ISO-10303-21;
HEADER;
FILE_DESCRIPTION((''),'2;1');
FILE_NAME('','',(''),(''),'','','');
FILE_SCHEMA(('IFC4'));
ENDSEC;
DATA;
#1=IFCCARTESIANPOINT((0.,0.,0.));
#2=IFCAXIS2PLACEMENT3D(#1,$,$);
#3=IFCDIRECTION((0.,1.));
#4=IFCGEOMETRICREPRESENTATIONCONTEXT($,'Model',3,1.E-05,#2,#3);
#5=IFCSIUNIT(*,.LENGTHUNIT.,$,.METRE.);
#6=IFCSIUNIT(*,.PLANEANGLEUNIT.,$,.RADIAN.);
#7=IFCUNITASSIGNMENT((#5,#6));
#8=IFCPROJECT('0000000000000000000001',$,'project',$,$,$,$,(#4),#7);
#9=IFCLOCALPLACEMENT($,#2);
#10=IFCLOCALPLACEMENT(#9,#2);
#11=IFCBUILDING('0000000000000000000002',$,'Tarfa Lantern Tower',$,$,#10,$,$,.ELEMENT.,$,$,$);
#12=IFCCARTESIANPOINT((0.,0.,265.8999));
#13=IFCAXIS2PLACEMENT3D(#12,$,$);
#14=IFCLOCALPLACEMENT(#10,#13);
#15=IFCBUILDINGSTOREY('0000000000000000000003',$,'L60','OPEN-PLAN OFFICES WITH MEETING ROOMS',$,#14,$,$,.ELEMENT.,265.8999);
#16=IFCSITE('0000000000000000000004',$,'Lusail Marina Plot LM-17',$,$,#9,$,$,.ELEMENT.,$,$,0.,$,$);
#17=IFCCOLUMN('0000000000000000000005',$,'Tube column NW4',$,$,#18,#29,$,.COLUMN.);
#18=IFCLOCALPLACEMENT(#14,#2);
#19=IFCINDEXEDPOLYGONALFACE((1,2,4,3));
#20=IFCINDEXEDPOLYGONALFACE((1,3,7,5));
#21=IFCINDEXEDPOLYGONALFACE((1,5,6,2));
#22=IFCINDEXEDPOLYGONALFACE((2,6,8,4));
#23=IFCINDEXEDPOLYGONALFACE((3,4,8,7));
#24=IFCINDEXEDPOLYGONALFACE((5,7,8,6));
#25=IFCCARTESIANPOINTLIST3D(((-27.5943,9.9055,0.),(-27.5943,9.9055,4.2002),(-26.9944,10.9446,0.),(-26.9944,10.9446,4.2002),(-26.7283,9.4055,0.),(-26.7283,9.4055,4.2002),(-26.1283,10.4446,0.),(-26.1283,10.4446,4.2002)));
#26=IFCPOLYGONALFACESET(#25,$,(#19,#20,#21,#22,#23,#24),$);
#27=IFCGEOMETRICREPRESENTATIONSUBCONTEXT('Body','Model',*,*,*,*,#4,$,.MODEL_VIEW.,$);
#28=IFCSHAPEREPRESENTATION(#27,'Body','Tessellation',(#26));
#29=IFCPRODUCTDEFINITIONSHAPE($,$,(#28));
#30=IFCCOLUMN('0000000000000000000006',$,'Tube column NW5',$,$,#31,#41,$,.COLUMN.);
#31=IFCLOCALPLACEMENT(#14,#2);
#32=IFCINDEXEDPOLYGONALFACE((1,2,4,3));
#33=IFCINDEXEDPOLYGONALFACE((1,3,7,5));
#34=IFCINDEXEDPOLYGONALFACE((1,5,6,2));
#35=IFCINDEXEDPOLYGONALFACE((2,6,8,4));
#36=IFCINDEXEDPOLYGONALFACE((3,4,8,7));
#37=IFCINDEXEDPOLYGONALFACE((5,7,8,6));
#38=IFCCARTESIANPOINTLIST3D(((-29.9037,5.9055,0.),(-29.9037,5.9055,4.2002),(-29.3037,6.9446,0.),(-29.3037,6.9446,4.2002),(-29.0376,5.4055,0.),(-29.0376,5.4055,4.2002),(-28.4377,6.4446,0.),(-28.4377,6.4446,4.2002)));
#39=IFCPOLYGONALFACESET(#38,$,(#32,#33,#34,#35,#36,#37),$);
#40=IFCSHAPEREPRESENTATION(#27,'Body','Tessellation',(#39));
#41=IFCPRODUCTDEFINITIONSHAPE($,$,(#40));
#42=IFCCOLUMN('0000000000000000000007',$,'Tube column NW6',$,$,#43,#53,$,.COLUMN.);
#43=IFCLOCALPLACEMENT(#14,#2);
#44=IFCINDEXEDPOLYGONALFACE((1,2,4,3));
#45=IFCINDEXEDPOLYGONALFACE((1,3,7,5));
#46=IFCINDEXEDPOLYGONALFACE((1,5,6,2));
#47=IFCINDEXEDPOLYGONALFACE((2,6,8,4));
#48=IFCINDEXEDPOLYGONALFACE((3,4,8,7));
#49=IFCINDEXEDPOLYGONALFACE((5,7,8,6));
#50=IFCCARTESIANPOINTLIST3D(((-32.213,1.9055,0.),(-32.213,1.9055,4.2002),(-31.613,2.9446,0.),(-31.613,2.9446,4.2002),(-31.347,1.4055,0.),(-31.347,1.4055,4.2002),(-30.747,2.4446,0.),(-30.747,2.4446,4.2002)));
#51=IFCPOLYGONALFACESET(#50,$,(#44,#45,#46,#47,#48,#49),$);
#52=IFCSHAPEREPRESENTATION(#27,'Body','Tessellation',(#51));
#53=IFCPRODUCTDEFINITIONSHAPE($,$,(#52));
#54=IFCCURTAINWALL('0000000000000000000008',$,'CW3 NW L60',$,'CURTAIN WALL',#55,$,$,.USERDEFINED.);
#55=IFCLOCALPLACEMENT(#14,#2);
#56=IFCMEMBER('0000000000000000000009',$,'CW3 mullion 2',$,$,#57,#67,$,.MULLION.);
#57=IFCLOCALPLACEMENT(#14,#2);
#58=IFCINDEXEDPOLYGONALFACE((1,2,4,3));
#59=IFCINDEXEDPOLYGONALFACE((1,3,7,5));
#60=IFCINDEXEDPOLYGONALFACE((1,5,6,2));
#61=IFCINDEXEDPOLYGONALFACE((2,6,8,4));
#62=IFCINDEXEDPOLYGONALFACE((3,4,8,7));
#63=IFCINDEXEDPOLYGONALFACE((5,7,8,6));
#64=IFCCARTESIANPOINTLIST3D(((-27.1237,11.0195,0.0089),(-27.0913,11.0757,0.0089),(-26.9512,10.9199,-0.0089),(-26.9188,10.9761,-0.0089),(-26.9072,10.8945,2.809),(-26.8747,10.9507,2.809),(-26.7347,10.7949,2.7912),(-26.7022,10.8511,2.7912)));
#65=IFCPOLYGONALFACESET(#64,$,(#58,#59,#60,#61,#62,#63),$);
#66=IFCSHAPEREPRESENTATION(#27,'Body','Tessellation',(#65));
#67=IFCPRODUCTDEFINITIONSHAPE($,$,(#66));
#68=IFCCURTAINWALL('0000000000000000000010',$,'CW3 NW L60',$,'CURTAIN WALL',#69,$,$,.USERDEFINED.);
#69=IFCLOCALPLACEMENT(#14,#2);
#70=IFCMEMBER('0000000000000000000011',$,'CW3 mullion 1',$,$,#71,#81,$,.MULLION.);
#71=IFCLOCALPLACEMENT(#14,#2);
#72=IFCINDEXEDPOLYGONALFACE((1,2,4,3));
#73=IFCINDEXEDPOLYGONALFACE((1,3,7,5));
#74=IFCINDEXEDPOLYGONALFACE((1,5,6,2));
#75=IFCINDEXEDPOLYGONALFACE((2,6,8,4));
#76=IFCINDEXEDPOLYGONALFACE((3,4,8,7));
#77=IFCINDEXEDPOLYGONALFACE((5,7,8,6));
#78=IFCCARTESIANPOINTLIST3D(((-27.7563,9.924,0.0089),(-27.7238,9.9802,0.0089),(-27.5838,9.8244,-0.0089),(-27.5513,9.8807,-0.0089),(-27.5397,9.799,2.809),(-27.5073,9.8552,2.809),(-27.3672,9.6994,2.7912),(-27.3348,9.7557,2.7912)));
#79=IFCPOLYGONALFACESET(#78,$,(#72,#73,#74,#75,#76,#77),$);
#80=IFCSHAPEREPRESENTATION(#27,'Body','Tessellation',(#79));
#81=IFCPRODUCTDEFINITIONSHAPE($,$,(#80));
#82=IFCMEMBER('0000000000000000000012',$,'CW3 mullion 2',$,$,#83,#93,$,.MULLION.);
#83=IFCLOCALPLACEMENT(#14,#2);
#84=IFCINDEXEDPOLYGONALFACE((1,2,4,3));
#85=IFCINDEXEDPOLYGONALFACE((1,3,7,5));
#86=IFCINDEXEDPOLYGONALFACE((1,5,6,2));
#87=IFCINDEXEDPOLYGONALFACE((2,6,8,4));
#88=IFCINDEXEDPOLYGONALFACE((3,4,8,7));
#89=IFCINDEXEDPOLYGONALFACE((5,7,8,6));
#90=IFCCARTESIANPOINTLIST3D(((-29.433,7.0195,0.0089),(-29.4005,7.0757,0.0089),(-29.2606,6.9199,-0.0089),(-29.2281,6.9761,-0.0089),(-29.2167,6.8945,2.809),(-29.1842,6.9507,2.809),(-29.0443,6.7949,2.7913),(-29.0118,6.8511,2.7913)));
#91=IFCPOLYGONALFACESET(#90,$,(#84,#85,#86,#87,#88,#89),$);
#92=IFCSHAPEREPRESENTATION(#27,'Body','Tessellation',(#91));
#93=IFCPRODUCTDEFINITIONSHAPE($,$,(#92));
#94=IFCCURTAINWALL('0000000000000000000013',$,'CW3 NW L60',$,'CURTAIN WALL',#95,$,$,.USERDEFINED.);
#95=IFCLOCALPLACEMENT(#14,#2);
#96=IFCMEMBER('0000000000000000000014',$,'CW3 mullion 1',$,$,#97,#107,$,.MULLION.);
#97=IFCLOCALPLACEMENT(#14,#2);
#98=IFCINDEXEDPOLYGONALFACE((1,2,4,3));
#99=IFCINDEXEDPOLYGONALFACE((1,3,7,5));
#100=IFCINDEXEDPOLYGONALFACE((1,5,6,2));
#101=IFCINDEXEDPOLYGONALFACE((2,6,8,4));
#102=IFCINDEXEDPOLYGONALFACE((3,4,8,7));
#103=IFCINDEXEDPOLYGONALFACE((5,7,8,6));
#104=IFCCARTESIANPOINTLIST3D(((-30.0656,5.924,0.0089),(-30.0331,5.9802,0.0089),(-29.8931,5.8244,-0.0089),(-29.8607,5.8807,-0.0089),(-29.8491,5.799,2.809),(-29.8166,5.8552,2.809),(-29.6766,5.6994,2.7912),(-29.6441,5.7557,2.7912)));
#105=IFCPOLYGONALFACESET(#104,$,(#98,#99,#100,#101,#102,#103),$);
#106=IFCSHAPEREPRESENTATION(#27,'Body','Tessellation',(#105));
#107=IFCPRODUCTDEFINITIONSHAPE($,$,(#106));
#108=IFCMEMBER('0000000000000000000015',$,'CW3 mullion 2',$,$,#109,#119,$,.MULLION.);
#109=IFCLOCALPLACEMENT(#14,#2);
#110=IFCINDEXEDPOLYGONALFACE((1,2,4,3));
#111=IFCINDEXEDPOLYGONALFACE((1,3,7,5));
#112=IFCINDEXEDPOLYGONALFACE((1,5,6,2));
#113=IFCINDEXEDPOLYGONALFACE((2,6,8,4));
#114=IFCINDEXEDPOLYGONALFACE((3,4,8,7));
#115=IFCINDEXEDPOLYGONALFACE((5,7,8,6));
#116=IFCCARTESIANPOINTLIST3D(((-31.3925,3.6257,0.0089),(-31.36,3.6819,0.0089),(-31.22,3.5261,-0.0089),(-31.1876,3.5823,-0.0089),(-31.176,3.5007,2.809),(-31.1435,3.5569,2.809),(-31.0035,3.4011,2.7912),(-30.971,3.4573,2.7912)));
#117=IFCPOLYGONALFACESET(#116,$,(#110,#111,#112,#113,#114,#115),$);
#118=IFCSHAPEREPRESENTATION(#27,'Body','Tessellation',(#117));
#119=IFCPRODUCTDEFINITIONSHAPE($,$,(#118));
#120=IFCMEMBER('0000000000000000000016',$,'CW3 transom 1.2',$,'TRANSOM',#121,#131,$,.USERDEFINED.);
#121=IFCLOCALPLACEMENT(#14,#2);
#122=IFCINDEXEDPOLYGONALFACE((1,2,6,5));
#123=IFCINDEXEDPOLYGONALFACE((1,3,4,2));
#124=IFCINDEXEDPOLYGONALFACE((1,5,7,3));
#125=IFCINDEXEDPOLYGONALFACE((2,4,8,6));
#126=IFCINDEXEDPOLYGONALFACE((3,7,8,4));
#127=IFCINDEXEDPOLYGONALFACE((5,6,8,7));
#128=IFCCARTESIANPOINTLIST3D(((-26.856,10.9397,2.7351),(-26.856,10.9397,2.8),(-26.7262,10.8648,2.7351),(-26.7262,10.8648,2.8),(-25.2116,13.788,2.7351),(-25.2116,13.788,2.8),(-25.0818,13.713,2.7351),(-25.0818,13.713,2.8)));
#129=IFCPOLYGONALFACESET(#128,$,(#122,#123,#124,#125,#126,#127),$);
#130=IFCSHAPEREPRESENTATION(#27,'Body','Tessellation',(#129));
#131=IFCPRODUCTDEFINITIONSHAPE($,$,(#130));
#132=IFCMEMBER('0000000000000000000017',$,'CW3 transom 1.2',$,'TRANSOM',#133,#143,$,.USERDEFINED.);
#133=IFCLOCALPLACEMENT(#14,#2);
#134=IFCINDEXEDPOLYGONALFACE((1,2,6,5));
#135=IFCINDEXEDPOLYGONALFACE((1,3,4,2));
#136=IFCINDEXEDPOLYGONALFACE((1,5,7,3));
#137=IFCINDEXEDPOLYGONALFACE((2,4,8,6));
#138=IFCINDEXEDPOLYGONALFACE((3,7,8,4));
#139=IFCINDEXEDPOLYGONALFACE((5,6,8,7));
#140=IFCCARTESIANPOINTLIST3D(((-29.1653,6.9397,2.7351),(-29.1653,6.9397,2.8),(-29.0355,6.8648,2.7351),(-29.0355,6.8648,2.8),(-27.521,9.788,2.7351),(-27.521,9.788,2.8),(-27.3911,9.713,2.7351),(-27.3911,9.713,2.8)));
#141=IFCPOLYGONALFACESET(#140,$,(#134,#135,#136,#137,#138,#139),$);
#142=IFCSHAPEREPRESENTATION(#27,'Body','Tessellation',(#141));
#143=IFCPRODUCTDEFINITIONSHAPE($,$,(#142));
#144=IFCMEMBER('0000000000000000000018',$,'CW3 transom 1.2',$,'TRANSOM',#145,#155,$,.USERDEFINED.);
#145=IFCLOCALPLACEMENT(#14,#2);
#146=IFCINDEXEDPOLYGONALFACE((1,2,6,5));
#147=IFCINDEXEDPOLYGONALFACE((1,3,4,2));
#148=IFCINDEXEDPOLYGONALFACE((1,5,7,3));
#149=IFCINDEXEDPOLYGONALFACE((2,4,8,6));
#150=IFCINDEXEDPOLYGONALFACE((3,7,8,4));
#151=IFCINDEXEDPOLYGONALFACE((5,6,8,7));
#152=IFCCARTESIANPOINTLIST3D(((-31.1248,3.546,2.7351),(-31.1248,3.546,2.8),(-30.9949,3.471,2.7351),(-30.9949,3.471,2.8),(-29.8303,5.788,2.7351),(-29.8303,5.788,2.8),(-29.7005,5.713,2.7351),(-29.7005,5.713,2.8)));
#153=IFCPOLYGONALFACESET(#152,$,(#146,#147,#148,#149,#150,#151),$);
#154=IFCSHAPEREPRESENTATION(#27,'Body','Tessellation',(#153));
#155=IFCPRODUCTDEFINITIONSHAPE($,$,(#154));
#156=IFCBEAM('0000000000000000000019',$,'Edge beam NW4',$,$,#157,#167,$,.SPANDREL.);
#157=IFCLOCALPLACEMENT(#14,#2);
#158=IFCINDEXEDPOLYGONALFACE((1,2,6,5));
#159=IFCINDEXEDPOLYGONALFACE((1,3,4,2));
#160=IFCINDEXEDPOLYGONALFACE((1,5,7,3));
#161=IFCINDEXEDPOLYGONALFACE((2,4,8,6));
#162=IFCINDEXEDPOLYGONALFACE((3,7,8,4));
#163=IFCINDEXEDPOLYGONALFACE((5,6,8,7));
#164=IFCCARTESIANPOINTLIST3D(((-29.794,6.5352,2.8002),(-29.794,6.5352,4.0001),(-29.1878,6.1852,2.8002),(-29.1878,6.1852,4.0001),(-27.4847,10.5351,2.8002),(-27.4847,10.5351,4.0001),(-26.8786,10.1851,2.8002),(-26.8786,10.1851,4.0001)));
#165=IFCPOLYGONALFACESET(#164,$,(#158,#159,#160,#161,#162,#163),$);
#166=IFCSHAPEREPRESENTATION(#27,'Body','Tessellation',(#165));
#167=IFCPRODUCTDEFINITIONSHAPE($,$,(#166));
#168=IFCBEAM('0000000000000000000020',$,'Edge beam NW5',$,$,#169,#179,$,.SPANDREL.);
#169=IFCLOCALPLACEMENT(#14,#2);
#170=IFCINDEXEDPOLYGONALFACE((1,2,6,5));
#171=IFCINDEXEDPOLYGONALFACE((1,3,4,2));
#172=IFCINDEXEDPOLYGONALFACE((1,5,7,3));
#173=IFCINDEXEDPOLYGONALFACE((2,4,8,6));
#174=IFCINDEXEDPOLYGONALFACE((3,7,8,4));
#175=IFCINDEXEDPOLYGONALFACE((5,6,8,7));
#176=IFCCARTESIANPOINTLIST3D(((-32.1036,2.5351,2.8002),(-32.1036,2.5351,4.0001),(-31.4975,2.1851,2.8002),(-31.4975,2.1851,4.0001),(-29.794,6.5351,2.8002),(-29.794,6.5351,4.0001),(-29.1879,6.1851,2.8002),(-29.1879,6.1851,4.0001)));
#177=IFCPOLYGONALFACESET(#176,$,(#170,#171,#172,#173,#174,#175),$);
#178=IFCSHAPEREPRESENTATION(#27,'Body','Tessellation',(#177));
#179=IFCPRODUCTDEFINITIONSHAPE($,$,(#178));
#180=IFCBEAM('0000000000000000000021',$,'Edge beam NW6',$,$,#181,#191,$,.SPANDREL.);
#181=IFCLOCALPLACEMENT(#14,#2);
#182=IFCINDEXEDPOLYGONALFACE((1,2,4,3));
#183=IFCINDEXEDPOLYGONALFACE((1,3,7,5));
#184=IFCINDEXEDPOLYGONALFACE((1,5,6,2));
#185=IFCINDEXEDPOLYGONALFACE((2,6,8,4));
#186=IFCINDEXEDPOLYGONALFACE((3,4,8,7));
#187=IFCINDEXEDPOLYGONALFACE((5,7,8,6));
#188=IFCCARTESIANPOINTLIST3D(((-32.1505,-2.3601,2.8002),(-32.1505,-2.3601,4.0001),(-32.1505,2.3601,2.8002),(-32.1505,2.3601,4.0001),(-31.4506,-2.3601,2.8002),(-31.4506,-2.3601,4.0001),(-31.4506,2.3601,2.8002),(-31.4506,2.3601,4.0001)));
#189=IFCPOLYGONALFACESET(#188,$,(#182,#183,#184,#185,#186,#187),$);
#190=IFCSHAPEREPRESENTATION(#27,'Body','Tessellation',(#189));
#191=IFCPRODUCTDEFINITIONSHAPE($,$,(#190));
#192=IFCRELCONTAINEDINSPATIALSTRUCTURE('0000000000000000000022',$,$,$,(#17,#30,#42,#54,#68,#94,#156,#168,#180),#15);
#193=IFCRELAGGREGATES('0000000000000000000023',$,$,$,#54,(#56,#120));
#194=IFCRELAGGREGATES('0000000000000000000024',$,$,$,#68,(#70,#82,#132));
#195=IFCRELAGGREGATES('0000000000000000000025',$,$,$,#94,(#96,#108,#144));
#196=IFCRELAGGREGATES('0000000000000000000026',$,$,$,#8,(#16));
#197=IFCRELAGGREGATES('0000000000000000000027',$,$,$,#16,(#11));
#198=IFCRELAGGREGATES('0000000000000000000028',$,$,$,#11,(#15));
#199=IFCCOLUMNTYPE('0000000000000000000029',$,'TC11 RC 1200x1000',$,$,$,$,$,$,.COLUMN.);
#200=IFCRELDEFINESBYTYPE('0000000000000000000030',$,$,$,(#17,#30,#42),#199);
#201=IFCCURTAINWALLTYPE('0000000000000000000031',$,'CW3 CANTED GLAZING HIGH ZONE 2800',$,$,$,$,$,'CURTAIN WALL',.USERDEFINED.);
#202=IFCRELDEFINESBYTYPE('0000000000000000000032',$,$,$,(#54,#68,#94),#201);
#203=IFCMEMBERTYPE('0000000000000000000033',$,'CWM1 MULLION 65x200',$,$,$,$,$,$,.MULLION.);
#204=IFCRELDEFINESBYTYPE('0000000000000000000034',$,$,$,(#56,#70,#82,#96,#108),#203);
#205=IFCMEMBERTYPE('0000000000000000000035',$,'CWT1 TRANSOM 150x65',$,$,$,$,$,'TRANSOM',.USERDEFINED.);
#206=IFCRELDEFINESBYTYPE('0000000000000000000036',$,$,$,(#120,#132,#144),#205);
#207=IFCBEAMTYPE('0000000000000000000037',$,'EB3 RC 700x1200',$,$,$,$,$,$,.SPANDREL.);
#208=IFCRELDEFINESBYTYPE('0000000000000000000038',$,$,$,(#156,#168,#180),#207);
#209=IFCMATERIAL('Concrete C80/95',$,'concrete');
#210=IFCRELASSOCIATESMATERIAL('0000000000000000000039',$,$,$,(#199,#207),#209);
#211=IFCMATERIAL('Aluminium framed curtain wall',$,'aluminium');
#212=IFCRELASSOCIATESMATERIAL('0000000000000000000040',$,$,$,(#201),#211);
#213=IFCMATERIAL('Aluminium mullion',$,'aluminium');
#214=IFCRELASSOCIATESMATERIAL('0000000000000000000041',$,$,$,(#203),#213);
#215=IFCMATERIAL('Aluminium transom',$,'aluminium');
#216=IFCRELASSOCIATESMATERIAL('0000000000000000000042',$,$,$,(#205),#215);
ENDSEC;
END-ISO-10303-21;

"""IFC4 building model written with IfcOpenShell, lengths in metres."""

from ifc_helpers import new_model, si_unit, direction, frame, origin, origin_2d, place, context, subcontext, project, spatial, rectangle, extrude, material, material_profile, profile_set, type_object, element, aggregate, save


model = new_model("IFC4")

# Units and contexts
model_context = context("Model", 3, precision=1e-05, world=origin(), true_north=direction((0.0, 1.0)))
body_context = subcontext(model_context, "Body", "Model", "MODEL_VIEW")
ifc_project = project(units=[si_unit("LENGTHUNIT", "METRE"), si_unit("PLANEANGLEUNIT", "RADIAN")], contexts=[model_context])

# Site, building, storey
site_placement = place(None, origin())
site = spatial("IfcSite", under=ifc_project, at=site_placement, Name="Lusail Marina Plot LM-17", CompositionType="ELEMENT", RefElevation=0.0)
building_placement = place(site_placement, origin())
building = spatial("IfcBuilding", under=site, at=building_placement, Name="Tarfa Lantern Tower", CompositionType="ELEMENT")
storey_placement = place(building_placement, frame((0.0, 0.0, 265.8999)))
storey = spatial("IfcBuildingStorey", under=building, at=storey_placement, Name="L60", Description="OPEN-PLAN OFFICES WITH MEETING ROOMS", CompositionType="ELEMENT", Elevation=265.8999)

# Columns
ifc_material_1 = material(Name="Concrete C80/95", Category="concrete")
ifc_material_profile_1 = material_profile(ifc_material_1, rectangle(XDim=1.2, YDim=1.0, at=origin_2d()), Name="RC 1200x1000")
ifc_profile_set_1 = profile_set([ifc_material_profile_1], Name="Concrete C80/95")
column_type = type_object("IfcColumnType", Name="TC11 RC 1200x1000", PredefinedType="COLUMN", material=ifc_profile_set_1)
for number, where, z_axis, x_axis, name in (
    (1, (-26.8613, 10.175, 0.0), (0.0, 0.0, 1.0), (-0.5, -0.866025, 0.0), "Tube column NW4"),
    (2, (-29.1707, 6.175, 0.0), (0.0, 0.0, 1.0), (-0.5, -0.866025, 0.0), "Tube column NW5"),
    (3, (-31.48, 2.175, 0.0), (0.0, 0.0, 1.0), (-0.5, -0.866025, 0.0), "Tube column NW6"),
):
    element("IfcColumn", number, at=place(storey_placement, frame(where, z_axis=z_axis, x_axis=x_axis)), inside=storey, type_object=column_type, Name=name, PredefinedType="COLUMN", context=body_context, shape_type="SweptSolid", body=[
        extrude(rectangle(XDim=1.2, YDim=1.0, at=origin_2d()), origin(), (0.0, 0.0, 1.0), 4.2002),
    ])

# Curtain wall, member
ifc_material_2 = material(Name="Aluminium framed curtain wall", Category="aluminium")
curtain_wall_type = type_object("IfcCurtainWallType", Name="CW3 CANTED GLAZING HIGH ZONE 2800", ElementType="CURTAIN WALL", PredefinedType="USERDEFINED", material=ifc_material_2)
curtain_wall_1_placement = place(storey_placement, origin())
curtain_wall_1 = element("IfcCurtainWall", 4, at=curtain_wall_1_placement, inside=storey, type_object=curtain_wall_type, Name="CW3 NW L60", ObjectType="CURTAIN WALL", PredefinedType="USERDEFINED")
ifc_material_3 = material(Name="Aluminium mullion", Category="aluminium")
ifc_material_profile_2 = material_profile(ifc_material_3, rectangle(XDim=0.0649, YDim=0.2, at=origin_2d()), Name="AL MULLION 65x200")
ifc_profile_set_2 = profile_set([ifc_material_profile_2], Name="Aluminium mullion")
member_type_1 = type_object("IfcMemberType", Name="CWM1 MULLION 65x200", PredefinedType="MULLION", material=ifc_profile_set_2)
member_1_placement = place(storey_placement, frame((-27.0212, 10.9978, 0.0), z_axis=(0.077032, -0.044465, 0.996037), x_axis=(0.49992, 0.866072, 0.0)))
member_1 = element("IfcMember", 5, at=member_1_placement, type_object=member_type_1, Name="CW3 mullion 2", PredefinedType="MULLION", context=body_context, shape_type="SweptSolid", body=[
    extrude(rectangle(XDim=0.0649, YDim=0.2, at=origin_2d()), origin(), (0.0, 0.0, 1.0), 2.8113),
])

# Curtain walls, members
curtain_wall_2_placement = place(storey_placement, origin())
curtain_wall_2 = element("IfcCurtainWall", 6, at=curtain_wall_2_placement, inside=storey, type_object=curtain_wall_type, Name="CW3 NW L60", ObjectType="CURTAIN WALL", PredefinedType="USERDEFINED")
member_2_placement = place(storey_placement, frame((-27.6538, 9.9023, 0.0), z_axis=(0.077032, -0.044465, 0.996037), x_axis=(0.49992, 0.866072, 0.0)))
member_2 = element("IfcMember", 7, at=member_2_placement, type_object=member_type_1, Name="CW3 mullion 1", PredefinedType="MULLION", context=body_context, shape_type="SweptSolid", body=[
    extrude(rectangle(XDim=0.0649, YDim=0.2, at=origin_2d()), origin(), (0.0, 0.0, 1.0), 2.8113),
])
member_3_placement = place(storey_placement, frame((-29.3306, 6.9978, 0.0), z_axis=(0.076946, -0.044465, 0.996043), x_axis=(0.500343, 0.865827, 0.0)))
member_3 = element("IfcMember", 8, at=member_3_placement, type_object=member_type_1, Name="CW3 mullion 2", PredefinedType="MULLION", context=body_context, shape_type="SweptSolid", body=[
    extrude(rectangle(XDim=0.0649, YDim=0.2, at=origin_2d()), origin(), (0.0, 0.0, 1.0), 2.8113),
])
curtain_wall_3_placement = place(storey_placement, origin())
curtain_wall_3 = element("IfcCurtainWall", 9, at=curtain_wall_3_placement, inside=storey, type_object=curtain_wall_type, Name="CW3 NW L60", ObjectType="CURTAIN WALL", PredefinedType="USERDEFINED")
member_4_placement = place(storey_placement, frame((-29.9631, 5.9023, 0.0), z_axis=(0.077032, -0.044465, 0.996037), x_axis=(0.49992, 0.866072, 0.0)))
member_4 = element("IfcMember", 10, at=member_4_placement, type_object=member_type_1, Name="CW3 mullion 1", PredefinedType="MULLION", context=body_context, shape_type="SweptSolid", body=[
    extrude(rectangle(XDim=0.0649, YDim=0.2, at=origin_2d()), origin(), (0.0, 0.0, 1.0), 2.8113),
])
member_5_placement = place(storey_placement, frame((-31.29, 3.604, 0.0), z_axis=(0.077032, -0.044465, 0.996037), x_axis=(0.49992, 0.866072, 0.0)))
member_5 = element("IfcMember", 11, at=member_5_placement, type_object=member_type_1, Name="CW3 mullion 2", PredefinedType="MULLION", context=body_context, shape_type="SweptSolid", body=[
    extrude(rectangle(XDim=0.0649, YDim=0.2, at=origin_2d()), origin(), (0.0, 0.0, 1.0), 2.8113),
])

# Members
ifc_material_4 = material(Name="Aluminium transom", Category="aluminium")
ifc_material_profile_3 = material_profile(ifc_material_4, rectangle(XDim=0.1499, YDim=0.0649, at=origin_2d()), Name="AL TRANSOM 150x65")
ifc_profile_set_3 = profile_set([ifc_material_profile_3], Name="Aluminium transom")
member_type_2 = type_object("IfcMemberType", Name="CWT1 TRANSOM 150x65", ElementType="TRANSOM", PredefinedType="USERDEFINED", material=ifc_profile_set_3)
member_6_placement = place(storey_placement, frame((-25.1467, 13.7505, 2.7676), z_axis=(-0.499979, -0.866037, 0.0), x_axis=(0.866037, -0.499979, 0.0)))
member_6 = element("IfcMember", 12, at=member_6_placement, type_object=member_type_2, Name="CW3 transom 1.2", ObjectType="TRANSOM", PredefinedType="USERDEFINED", context=body_context, shape_type="SweptSolid", body=[
    extrude(rectangle(XDim=0.1499, YDim=0.0649, at=origin_2d()), origin(), (0.0, 0.0, 1.0), 3.2888),
])
member_7_placement = place(storey_placement, frame((-27.4561, 9.7505, 2.7676), z_axis=(-0.499979, -0.866037, 0.0), x_axis=(0.866037, -0.499979, 0.0)))
member_7 = element("IfcMember", 13, at=member_7_placement, type_object=member_type_2, Name="CW3 transom 1.2", ObjectType="TRANSOM", PredefinedType="USERDEFINED", context=body_context, shape_type="SweptSolid", body=[
    extrude(rectangle(XDim=0.1499, YDim=0.0649, at=origin_2d()), origin(), (0.0, 0.0, 1.0), 3.2888),
])
member_8_placement = place(storey_placement, frame((-29.7654, 5.7505, 2.7676), z_axis=(-0.500014, -0.866018, 0.0), x_axis=(0.866018, -0.500014, 0.0)))
member_8 = element("IfcMember", 14, at=member_8_placement, type_object=member_type_2, Name="CW3 transom 1.2", ObjectType="TRANSOM", PredefinedType="USERDEFINED", context=body_context, shape_type="SweptSolid", body=[
    extrude(rectangle(XDim=0.1499, YDim=0.0649, at=origin_2d()), origin(), (0.0, 0.0, 1.0), 2.5889),
])

# Beams
ifc_material_profile_4 = material_profile(ifc_material_1, rectangle(XDim=0.7, YDim=1.2, at=origin_2d()), Name="RC 700x1200")
ifc_profile_set_4 = profile_set([ifc_material_profile_4], Name="Concrete C80/95")
beam_type_1 = type_object("IfcBeamType", Name="EB3 RC 700x1200", PredefinedType="SPANDREL", material=ifc_profile_set_4)
beam_1_placement = place(storey_placement, frame((-27.1816, 10.3601, 3.4001), z_axis=(-0.499988, -0.866032, 0.0), x_axis=(0.866032, -0.499988, 0.0)))
element("IfcBeam", 15, at=beam_1_placement, inside=storey, type_object=beam_type_1, Name="Edge beam NW4", PredefinedType="SPANDREL", context=body_context, shape_type="SweptSolid", body=[
    extrude(rectangle(XDim=0.7, YDim=1.2, at=origin_2d()), origin(), (0.0, 0.0, 1.0), 4.6187),
])
beam_2_placement = place(storey_placement, frame((-29.491, 6.3601, 3.4001), z_axis=(-0.500027, -0.86601, 0.0), x_axis=(0.86601, -0.500027, 0.0)))
element("IfcBeam", 16, at=beam_2_placement, inside=storey, type_object=beam_type_1, Name="Edge beam NW5", PredefinedType="SPANDREL", context=body_context, shape_type="SweptSolid", body=[
    extrude(rectangle(XDim=0.7, YDim=1.2, at=origin_2d()), origin(), (0.0, 0.0, 1.0), 4.6189),
])
beam_3_placement = place(storey_placement, frame((-31.8005, 2.3601, 3.4001), z_axis=(0.0, -1.0, 0.0), x_axis=(1.0, 0.0, 0.0)))
element("IfcBeam", 17, at=beam_3_placement, inside=storey, type_object=beam_type_1, Name="Edge beam NW6", PredefinedType="SPANDREL", context=body_context, shape_type="SweptSolid", body=[
    extrude(rectangle(XDim=0.7, YDim=1.2, at=origin_2d()), origin(), (0.0, 0.0, 1.0), 4.7202),
])

aggregate(curtain_wall_1, [member_1, member_6])
aggregate(curtain_wall_2, [member_2, member_3, member_7])
aggregate(curtain_wall_3, [member_4, member_5, member_8])

save(model, "model.ifc")
